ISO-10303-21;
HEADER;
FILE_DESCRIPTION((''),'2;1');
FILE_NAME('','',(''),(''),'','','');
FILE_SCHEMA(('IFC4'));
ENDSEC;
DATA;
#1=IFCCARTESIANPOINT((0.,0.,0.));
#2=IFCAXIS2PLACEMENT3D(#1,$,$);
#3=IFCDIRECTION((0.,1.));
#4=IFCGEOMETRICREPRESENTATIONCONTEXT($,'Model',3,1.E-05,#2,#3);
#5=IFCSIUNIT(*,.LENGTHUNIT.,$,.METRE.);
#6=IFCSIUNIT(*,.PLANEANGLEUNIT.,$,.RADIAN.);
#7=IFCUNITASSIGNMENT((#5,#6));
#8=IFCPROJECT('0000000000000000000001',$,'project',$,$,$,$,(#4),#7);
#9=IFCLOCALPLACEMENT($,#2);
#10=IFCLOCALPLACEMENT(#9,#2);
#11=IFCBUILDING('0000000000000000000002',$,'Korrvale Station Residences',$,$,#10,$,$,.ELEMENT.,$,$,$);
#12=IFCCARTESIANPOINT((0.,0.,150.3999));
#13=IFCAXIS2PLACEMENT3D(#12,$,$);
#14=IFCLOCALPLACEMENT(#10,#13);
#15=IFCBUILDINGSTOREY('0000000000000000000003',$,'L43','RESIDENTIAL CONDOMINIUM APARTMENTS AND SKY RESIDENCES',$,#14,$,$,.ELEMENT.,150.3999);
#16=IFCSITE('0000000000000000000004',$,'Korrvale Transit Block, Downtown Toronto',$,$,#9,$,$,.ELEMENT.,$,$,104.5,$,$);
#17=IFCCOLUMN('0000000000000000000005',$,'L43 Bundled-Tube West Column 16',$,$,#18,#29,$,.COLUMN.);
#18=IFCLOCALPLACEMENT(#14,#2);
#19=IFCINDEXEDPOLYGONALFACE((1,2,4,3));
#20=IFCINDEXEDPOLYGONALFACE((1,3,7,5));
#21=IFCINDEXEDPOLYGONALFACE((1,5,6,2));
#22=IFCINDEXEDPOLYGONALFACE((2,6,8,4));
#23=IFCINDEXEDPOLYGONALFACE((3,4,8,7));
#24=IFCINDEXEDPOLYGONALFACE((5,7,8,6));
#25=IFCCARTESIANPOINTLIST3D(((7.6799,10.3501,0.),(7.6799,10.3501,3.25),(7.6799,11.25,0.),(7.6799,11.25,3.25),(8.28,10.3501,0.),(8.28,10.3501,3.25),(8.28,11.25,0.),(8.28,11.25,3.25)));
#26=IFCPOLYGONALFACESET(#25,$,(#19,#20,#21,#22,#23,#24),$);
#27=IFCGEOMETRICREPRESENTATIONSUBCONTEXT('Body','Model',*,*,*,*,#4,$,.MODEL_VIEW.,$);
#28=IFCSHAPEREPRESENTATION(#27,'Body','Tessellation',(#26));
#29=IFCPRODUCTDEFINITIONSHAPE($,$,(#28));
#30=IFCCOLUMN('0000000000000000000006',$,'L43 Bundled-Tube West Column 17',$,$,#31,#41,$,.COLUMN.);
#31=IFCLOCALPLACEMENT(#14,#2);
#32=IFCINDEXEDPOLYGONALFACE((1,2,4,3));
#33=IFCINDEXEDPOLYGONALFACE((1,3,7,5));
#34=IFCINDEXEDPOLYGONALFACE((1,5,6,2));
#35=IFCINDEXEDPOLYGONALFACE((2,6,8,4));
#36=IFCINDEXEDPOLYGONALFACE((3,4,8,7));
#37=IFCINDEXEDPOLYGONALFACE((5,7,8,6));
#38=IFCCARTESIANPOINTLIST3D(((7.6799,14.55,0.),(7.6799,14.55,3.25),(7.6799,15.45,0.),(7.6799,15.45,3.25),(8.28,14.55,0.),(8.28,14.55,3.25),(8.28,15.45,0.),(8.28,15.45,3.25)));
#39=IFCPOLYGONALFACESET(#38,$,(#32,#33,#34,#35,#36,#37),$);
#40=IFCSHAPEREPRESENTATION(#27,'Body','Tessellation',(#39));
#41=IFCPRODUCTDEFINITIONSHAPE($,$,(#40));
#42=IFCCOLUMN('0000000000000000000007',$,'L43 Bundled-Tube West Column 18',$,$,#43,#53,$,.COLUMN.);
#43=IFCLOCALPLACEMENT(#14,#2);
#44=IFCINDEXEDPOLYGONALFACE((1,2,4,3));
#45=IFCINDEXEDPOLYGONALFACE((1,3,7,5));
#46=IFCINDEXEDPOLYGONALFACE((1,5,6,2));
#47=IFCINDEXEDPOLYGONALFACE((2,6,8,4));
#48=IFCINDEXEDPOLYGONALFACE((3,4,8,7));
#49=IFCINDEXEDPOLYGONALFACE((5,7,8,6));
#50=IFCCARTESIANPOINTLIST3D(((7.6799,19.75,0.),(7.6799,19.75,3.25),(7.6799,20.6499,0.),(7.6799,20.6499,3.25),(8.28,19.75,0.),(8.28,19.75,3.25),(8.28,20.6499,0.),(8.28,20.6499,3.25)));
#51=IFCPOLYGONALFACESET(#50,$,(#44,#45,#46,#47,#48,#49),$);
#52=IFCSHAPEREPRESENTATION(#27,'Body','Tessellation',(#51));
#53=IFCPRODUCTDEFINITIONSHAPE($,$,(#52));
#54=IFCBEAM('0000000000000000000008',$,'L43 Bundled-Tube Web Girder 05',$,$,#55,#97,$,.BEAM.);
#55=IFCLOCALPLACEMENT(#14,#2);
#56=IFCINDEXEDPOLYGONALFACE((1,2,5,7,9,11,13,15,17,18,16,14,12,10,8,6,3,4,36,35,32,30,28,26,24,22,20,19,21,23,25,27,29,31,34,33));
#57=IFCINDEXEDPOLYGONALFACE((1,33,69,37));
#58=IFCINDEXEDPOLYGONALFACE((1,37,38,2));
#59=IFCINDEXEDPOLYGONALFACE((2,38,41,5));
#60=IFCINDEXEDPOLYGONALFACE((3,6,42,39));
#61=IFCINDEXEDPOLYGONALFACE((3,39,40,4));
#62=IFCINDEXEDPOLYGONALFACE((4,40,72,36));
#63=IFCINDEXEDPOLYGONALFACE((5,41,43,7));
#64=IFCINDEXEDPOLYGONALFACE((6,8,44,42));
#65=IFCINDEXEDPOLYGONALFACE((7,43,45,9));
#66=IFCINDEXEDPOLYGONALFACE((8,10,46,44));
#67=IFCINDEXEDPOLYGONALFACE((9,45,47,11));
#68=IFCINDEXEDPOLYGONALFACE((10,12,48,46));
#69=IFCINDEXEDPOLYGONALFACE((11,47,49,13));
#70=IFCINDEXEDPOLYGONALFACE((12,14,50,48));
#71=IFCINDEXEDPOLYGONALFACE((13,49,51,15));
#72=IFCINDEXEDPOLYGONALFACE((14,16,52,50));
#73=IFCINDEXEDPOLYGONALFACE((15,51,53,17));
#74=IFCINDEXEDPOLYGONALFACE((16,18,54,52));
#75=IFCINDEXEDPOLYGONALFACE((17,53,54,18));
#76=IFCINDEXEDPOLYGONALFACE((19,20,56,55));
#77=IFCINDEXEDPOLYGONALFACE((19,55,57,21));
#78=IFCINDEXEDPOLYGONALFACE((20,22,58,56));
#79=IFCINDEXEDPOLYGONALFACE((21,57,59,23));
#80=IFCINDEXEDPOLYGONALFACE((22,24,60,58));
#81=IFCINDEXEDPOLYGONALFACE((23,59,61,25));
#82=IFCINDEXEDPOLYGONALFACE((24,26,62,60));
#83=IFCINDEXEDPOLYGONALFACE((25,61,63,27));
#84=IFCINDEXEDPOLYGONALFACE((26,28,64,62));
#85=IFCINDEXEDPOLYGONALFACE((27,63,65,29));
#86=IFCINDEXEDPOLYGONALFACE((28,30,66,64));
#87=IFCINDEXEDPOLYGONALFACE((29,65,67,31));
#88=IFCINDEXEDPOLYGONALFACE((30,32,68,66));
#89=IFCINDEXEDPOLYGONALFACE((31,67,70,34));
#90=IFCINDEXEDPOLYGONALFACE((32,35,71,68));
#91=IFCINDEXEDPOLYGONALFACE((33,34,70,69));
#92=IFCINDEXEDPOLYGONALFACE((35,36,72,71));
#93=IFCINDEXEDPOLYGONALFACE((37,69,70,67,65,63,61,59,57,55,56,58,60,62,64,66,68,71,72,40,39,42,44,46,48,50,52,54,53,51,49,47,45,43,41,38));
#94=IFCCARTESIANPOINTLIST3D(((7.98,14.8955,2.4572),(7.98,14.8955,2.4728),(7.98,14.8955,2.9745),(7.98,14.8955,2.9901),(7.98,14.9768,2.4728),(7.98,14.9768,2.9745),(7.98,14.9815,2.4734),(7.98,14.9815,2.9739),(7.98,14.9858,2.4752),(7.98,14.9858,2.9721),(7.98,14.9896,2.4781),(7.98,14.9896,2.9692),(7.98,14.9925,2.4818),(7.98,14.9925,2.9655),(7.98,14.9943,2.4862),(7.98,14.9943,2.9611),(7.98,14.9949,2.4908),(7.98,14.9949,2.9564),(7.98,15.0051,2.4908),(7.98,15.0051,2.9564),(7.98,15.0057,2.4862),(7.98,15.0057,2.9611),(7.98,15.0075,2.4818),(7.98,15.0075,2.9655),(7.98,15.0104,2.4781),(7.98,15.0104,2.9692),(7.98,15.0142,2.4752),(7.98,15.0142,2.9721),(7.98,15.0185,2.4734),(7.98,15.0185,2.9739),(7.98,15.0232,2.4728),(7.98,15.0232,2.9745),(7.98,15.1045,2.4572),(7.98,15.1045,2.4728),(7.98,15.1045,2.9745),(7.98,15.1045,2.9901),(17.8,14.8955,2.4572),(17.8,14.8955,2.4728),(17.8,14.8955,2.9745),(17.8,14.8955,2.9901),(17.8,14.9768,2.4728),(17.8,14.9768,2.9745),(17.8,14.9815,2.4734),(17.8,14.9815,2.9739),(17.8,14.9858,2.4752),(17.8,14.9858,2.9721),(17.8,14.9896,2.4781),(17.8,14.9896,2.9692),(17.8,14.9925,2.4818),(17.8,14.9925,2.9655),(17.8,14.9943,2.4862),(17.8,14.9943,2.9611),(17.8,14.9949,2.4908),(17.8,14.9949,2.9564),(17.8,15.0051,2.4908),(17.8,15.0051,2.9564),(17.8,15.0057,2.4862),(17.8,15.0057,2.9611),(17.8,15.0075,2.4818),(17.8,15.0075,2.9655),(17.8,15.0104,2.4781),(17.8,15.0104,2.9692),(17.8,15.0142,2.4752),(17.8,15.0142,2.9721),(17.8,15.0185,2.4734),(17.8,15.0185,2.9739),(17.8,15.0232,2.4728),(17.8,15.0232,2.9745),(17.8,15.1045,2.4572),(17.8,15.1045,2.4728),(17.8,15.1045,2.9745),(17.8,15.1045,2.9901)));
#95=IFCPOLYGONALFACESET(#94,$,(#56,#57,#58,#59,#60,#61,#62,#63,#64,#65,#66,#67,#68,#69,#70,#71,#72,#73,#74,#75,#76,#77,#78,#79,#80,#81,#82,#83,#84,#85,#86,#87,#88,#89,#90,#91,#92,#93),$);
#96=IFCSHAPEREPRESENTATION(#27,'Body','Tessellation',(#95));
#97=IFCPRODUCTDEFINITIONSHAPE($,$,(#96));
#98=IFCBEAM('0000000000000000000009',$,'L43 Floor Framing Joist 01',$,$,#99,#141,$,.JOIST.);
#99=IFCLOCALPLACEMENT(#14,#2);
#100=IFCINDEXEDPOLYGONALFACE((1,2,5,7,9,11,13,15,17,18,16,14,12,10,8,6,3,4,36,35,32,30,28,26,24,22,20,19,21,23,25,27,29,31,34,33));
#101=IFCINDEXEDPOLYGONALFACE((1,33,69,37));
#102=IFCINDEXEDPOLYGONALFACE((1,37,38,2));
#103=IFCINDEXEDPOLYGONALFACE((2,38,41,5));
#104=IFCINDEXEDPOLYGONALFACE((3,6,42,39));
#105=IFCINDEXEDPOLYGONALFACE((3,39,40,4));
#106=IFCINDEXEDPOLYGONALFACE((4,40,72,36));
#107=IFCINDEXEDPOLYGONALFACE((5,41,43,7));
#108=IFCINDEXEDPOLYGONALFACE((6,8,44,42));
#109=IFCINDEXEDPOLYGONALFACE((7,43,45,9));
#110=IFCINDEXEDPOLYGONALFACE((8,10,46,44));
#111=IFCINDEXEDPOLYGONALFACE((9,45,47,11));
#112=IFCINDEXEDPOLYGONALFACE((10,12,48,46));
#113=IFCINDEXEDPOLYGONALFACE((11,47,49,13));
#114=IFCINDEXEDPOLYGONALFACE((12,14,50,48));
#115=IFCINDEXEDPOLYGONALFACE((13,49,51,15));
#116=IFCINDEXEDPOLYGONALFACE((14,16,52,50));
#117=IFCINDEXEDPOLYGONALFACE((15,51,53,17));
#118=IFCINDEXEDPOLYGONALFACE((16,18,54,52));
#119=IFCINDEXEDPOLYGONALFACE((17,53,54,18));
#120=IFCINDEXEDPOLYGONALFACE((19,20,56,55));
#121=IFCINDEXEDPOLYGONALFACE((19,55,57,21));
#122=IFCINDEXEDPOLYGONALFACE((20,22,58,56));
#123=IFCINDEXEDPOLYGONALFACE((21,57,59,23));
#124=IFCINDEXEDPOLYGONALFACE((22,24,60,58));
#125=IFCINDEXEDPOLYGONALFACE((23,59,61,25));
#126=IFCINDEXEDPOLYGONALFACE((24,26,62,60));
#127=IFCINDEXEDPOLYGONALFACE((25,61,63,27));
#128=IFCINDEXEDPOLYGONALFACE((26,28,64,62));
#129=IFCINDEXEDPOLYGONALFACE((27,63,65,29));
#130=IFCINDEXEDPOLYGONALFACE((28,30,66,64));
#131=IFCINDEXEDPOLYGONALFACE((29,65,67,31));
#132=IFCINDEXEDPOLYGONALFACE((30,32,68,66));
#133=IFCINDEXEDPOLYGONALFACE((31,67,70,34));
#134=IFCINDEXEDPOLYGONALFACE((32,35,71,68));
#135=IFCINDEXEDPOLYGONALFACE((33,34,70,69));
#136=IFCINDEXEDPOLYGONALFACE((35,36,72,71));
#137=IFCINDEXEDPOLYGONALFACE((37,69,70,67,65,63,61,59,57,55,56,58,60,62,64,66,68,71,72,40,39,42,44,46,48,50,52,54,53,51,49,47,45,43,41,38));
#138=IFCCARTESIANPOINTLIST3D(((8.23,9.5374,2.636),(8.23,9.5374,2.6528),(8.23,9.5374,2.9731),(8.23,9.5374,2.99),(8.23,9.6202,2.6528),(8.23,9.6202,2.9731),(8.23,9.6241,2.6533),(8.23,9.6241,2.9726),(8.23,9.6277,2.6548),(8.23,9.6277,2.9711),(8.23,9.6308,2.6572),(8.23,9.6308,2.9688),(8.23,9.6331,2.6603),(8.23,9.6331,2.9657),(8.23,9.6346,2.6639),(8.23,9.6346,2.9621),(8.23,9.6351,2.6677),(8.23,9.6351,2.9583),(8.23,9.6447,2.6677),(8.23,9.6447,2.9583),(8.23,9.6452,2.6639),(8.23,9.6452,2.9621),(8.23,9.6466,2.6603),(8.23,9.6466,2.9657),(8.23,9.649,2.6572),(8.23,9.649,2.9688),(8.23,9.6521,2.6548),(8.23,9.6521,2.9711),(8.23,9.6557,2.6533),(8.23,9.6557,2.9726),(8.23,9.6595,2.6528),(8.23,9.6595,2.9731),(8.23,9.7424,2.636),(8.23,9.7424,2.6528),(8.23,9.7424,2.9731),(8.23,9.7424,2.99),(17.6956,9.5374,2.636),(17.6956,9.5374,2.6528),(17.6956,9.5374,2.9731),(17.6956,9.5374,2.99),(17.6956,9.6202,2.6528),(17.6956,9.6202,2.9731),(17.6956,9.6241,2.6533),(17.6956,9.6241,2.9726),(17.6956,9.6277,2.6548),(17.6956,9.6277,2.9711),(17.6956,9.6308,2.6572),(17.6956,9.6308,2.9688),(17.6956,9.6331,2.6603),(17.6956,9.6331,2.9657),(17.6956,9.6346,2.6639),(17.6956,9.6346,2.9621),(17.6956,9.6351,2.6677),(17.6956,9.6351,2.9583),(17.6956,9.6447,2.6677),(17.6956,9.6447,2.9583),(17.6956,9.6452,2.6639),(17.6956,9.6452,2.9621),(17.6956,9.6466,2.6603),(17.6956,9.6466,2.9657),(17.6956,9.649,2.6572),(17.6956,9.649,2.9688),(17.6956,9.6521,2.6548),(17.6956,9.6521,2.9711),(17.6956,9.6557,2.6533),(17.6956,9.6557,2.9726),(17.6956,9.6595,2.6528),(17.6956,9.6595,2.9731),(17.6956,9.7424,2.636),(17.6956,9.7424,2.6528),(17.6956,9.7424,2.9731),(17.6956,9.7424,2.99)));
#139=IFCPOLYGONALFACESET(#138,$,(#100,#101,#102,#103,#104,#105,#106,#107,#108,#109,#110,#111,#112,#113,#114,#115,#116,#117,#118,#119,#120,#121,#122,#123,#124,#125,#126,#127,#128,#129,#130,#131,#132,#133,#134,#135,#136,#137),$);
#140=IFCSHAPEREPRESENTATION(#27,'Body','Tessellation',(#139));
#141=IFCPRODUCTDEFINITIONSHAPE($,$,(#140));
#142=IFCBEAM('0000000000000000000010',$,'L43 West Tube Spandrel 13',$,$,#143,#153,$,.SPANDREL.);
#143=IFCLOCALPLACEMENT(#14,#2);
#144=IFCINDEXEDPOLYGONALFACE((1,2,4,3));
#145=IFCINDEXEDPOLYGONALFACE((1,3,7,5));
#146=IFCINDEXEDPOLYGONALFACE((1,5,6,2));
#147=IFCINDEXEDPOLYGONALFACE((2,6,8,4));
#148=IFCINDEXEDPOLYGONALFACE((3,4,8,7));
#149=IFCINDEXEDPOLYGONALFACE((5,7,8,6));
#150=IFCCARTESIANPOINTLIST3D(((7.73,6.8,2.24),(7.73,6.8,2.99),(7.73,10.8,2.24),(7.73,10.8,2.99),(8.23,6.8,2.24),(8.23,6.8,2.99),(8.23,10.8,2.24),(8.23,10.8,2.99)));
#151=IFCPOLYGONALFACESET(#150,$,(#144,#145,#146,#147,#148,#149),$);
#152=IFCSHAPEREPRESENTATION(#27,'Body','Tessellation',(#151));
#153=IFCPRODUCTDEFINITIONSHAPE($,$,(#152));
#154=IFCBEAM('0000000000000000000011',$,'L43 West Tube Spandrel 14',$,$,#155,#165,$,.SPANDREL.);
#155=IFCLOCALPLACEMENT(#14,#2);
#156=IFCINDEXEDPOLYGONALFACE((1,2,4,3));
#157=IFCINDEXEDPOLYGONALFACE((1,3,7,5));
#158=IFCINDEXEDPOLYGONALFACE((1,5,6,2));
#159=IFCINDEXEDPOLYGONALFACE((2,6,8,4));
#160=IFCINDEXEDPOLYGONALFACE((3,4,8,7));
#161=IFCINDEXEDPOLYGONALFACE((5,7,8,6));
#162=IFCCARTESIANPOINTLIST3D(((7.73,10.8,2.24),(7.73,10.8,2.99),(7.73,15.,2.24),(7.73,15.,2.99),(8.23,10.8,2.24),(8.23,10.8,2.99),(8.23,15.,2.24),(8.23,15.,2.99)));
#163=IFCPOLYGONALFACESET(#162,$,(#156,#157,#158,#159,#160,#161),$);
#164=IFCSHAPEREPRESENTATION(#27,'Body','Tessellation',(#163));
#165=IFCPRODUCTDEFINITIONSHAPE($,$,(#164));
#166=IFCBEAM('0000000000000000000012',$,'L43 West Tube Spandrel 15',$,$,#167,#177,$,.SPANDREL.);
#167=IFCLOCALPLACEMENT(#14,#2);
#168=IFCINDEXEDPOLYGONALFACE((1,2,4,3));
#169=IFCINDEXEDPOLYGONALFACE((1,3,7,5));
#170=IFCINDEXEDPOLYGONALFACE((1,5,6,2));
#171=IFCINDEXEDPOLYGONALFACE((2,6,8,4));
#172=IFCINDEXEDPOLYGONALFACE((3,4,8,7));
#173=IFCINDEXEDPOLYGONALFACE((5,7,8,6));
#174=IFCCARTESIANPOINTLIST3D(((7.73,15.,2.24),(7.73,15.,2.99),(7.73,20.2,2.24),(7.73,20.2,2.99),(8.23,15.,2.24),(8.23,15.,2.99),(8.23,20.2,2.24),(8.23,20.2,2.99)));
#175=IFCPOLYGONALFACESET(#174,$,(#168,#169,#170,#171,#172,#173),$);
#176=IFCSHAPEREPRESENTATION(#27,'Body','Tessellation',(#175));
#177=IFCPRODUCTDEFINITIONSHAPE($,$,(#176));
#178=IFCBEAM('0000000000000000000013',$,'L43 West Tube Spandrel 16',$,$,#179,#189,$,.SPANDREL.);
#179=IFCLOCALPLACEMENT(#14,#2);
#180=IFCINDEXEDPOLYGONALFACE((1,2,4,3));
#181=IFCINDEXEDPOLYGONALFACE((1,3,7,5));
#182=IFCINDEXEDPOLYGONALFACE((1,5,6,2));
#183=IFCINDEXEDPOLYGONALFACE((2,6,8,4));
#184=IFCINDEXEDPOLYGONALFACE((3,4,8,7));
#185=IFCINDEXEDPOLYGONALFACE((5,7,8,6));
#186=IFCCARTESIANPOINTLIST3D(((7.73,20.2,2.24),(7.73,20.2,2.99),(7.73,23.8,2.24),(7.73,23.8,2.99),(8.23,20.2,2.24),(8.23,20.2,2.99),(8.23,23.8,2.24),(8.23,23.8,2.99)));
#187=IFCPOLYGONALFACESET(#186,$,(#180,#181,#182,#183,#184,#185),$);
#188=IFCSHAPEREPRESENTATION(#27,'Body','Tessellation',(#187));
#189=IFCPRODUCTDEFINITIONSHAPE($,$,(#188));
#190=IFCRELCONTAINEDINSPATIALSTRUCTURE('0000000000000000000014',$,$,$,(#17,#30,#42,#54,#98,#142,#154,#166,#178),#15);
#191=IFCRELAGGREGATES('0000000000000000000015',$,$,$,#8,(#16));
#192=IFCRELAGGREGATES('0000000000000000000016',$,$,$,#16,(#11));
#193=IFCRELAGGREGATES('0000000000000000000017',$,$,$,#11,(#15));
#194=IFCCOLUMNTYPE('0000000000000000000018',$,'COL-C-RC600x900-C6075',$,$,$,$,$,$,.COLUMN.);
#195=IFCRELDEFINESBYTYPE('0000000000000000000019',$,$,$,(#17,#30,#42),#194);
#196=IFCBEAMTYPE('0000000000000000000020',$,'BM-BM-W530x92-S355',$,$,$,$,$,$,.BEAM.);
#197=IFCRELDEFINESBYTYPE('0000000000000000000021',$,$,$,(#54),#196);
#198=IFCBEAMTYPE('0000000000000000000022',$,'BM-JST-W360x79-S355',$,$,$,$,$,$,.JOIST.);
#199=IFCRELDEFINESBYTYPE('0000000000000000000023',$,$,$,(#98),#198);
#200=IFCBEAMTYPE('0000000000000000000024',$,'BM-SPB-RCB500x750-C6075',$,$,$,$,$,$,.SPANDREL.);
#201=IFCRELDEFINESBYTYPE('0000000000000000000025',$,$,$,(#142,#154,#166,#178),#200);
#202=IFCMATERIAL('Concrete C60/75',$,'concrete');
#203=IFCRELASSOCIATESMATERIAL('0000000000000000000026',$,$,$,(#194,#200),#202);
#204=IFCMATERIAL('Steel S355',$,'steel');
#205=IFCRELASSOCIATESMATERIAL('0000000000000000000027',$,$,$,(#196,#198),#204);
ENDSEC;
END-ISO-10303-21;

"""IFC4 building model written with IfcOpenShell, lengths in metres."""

from ifc_helpers import new_model, si_unit, direction, frame, origin, origin_2d, place, context, subcontext, project, spatial, rectangle, i_section, extrude, material, material_profile, profile_set, type_object, element, save


model = new_model("IFC4")

# Units and contexts
model_context = context("Model", 3, precision=1e-05, world=origin(), true_north=direction((0.0, 1.0)))
body_context = subcontext(model_context, "Body", "Model", "MODEL_VIEW")
ifc_project = project(units=[si_unit("LENGTHUNIT", "METRE"), si_unit("PLANEANGLEUNIT", "RADIAN")], contexts=[model_context])

# Site, building, storey
site_placement = place(None, origin())
site = spatial("IfcSite", under=ifc_project, at=site_placement, Name="Korrvale Transit Block, Downtown Toronto", CompositionType="ELEMENT", RefElevation=104.5)
building_placement = place(site_placement, origin())
building = spatial("IfcBuilding", under=site, at=building_placement, Name="Korrvale Station Residences", CompositionType="ELEMENT")
storey_placement = place(building_placement, frame((0.0, 0.0, 150.3999)))
storey = spatial("IfcBuildingStorey", under=building, at=storey_placement, Name="L43", Description="RESIDENTIAL CONDOMINIUM APARTMENTS AND SKY RESIDENCES", CompositionType="ELEMENT", Elevation=150.3999)

# Columns
ifc_material_1 = material(Name="Concrete C60/75", Category="concrete")
ifc_material_profile_1 = material_profile(ifc_material_1, rectangle(XDim=0.6001, YDim=0.8999, at=origin_2d()), Name="RC600x900")
ifc_profile_set_1 = profile_set([ifc_material_profile_1], Name="Concrete C60/75")
column_type = type_object("IfcColumnType", Name="COL-C-RC600x900-C6075", PredefinedType="COLUMN", material=ifc_profile_set_1)
for number, where, z_axis, x_axis, name in (
    (1, (7.98, 10.8, 0.0), (0.0, 0.0, 1.0), (1.0, 0.0, 0.0), "L43 Bundled-Tube West Column 16"),
    (2, (7.98, 15.0, 0.0), (0.0, 0.0, 1.0), (1.0, 0.0, 0.0), "L43 Bundled-Tube West Column 17"),
    (3, (7.98, 20.2, 0.0), (0.0, 0.0, 1.0), (1.0, 0.0, 0.0), "L43 Bundled-Tube West Column 18"),
):
    element("IfcColumn", number, at=place(storey_placement, frame(where, z_axis=z_axis, x_axis=x_axis)), inside=storey, type_object=column_type, Name=name, PredefinedType="COLUMN", context=body_context, shape_type="SweptSolid", body=[
        extrude(rectangle(XDim=0.6001, YDim=0.8999, at=origin_2d()), origin(), (0.0, 0.0, 1.0), 3.25),
    ])

# Beams
ifc_material_2 = material(Name="Steel S355", Category="steel")
ifc_material_profile_2 = material_profile(ifc_material_2, i_section(OverallWidth=0.209, OverallDepth=0.533, WebThickness=0.0103, FlangeThickness=0.0156, FilletRadius=0.0181, at=origin_2d()), Name="W530x92")
ifc_profile_set_2 = profile_set([ifc_material_profile_2], Name="Steel S355")
beam_type_1 = type_object("IfcBeamType", Name="BM-BM-W530x92-S355", PredefinedType="BEAM", material=ifc_profile_set_2)
beam_1_placement = place(storey_placement, frame((7.98, 15.0, 2.7236), z_axis=(1.0, 0.0, 0.0), x_axis=(0.0, 1.0, 0.0)))
element("IfcBeam", 4, at=beam_1_placement, inside=storey, type_object=beam_type_1, Name="L43 Bundled-Tube Web Girder 05", PredefinedType="BEAM", context=body_context, shape_type="SweptSolid", body=[
    extrude(i_section(OverallWidth=0.209, OverallDepth=0.533, WebThickness=0.0103, FlangeThickness=0.0156, FilletRadius=0.0181, at=origin_2d()), origin(), (0.0, 0.0, 1.0), 9.8201),
])
ifc_material_profile_3 = material_profile(ifc_material_2, i_section(OverallWidth=0.2051, OverallDepth=0.354, WebThickness=0.0095, FlangeThickness=0.0168, FilletRadius=0.0149, at=origin_2d()), Name="W360x79")
ifc_profile_set_3 = profile_set([ifc_material_profile_3], Name="Steel S355")
beam_type_2 = type_object("IfcBeamType", Name="BM-JST-W360x79-S355", PredefinedType="JOIST", material=ifc_profile_set_3)
beam_2_placement = place(storey_placement, frame((8.23, 9.6399, 2.813), z_axis=(1.0, 0.0, 0.0), x_axis=(0.0, 1.0, 0.0)))
element("IfcBeam", 5, at=beam_2_placement, inside=storey, type_object=beam_type_2, Name="L43 Floor Framing Joist 01", PredefinedType="JOIST", context=body_context, shape_type="SweptSolid", body=[
    extrude(i_section(OverallWidth=0.2051, OverallDepth=0.354, WebThickness=0.0095, FlangeThickness=0.0168, FilletRadius=0.0149, at=origin_2d()), origin(), (0.0, 0.0, 1.0), 9.4656),
])
ifc_material_profile_4 = material_profile(ifc_material_1, rectangle(XDim=0.5, YDim=0.75, at=origin_2d()), Name="RCB500x750")
ifc_profile_set_4 = profile_set([ifc_material_profile_4], Name="Concrete C60/75")
beam_type_3 = type_object("IfcBeamType", Name="BM-SPB-RCB500x750-C6075", PredefinedType="SPANDREL", material=ifc_profile_set_4)
beam_3_placement = place(storey_placement, frame((7.98, 6.8, 2.615), z_axis=(0.0, 1.0, 0.0), x_axis=(-1.0, 0.0, 0.0)))
element("IfcBeam", 6, at=beam_3_placement, inside=storey, type_object=beam_type_3, Name="L43 West Tube Spandrel 13", PredefinedType="SPANDREL", context=body_context, shape_type="SweptSolid", body=[
    extrude(rectangle(XDim=0.5, YDim=0.75, at=origin_2d()), origin(), (0.0, 0.0, 1.0), 4.0),
])
beam_4_placement = place(storey_placement, frame((7.98, 10.8, 2.615), z_axis=(0.0, 1.0, 0.0), x_axis=(-1.0, 0.0, 0.0)))
element("IfcBeam", 7, at=beam_4_placement, inside=storey, type_object=beam_type_3, Name="L43 West Tube Spandrel 14", PredefinedType="SPANDREL", context=body_context, shape_type="SweptSolid", body=[
    extrude(rectangle(XDim=0.5, YDim=0.75, at=origin_2d()), origin(), (0.0, 0.0, 1.0), 4.2),
])
beam_5_placement = place(storey_placement, frame((7.98, 15.0, 2.615), z_axis=(0.0, 1.0, 0.0), x_axis=(-1.0, 0.0, 0.0)))
element("IfcBeam", 8, at=beam_5_placement, inside=storey, type_object=beam_type_3, Name="L43 West Tube Spandrel 15", PredefinedType="SPANDREL", context=body_context, shape_type="SweptSolid", body=[
    extrude(rectangle(XDim=0.5, YDim=0.75, at=origin_2d()), origin(), (0.0, 0.0, 1.0), 5.2),
])
beam_6_placement = place(storey_placement, frame((7.98, 20.2, 2.615), z_axis=(0.0, 1.0, 0.0), x_axis=(-1.0, 0.0, 0.0)))
element("IfcBeam", 9, at=beam_6_placement, inside=storey, type_object=beam_type_3, Name="L43 West Tube Spandrel 16", PredefinedType="SPANDREL", context=body_context, shape_type="SweptSolid", body=[
    extrude(rectangle(XDim=0.5, YDim=0.75, at=origin_2d()), origin(), (0.0, 0.0, 1.0), 3.6001),
])

save(model, "model.ifc")
